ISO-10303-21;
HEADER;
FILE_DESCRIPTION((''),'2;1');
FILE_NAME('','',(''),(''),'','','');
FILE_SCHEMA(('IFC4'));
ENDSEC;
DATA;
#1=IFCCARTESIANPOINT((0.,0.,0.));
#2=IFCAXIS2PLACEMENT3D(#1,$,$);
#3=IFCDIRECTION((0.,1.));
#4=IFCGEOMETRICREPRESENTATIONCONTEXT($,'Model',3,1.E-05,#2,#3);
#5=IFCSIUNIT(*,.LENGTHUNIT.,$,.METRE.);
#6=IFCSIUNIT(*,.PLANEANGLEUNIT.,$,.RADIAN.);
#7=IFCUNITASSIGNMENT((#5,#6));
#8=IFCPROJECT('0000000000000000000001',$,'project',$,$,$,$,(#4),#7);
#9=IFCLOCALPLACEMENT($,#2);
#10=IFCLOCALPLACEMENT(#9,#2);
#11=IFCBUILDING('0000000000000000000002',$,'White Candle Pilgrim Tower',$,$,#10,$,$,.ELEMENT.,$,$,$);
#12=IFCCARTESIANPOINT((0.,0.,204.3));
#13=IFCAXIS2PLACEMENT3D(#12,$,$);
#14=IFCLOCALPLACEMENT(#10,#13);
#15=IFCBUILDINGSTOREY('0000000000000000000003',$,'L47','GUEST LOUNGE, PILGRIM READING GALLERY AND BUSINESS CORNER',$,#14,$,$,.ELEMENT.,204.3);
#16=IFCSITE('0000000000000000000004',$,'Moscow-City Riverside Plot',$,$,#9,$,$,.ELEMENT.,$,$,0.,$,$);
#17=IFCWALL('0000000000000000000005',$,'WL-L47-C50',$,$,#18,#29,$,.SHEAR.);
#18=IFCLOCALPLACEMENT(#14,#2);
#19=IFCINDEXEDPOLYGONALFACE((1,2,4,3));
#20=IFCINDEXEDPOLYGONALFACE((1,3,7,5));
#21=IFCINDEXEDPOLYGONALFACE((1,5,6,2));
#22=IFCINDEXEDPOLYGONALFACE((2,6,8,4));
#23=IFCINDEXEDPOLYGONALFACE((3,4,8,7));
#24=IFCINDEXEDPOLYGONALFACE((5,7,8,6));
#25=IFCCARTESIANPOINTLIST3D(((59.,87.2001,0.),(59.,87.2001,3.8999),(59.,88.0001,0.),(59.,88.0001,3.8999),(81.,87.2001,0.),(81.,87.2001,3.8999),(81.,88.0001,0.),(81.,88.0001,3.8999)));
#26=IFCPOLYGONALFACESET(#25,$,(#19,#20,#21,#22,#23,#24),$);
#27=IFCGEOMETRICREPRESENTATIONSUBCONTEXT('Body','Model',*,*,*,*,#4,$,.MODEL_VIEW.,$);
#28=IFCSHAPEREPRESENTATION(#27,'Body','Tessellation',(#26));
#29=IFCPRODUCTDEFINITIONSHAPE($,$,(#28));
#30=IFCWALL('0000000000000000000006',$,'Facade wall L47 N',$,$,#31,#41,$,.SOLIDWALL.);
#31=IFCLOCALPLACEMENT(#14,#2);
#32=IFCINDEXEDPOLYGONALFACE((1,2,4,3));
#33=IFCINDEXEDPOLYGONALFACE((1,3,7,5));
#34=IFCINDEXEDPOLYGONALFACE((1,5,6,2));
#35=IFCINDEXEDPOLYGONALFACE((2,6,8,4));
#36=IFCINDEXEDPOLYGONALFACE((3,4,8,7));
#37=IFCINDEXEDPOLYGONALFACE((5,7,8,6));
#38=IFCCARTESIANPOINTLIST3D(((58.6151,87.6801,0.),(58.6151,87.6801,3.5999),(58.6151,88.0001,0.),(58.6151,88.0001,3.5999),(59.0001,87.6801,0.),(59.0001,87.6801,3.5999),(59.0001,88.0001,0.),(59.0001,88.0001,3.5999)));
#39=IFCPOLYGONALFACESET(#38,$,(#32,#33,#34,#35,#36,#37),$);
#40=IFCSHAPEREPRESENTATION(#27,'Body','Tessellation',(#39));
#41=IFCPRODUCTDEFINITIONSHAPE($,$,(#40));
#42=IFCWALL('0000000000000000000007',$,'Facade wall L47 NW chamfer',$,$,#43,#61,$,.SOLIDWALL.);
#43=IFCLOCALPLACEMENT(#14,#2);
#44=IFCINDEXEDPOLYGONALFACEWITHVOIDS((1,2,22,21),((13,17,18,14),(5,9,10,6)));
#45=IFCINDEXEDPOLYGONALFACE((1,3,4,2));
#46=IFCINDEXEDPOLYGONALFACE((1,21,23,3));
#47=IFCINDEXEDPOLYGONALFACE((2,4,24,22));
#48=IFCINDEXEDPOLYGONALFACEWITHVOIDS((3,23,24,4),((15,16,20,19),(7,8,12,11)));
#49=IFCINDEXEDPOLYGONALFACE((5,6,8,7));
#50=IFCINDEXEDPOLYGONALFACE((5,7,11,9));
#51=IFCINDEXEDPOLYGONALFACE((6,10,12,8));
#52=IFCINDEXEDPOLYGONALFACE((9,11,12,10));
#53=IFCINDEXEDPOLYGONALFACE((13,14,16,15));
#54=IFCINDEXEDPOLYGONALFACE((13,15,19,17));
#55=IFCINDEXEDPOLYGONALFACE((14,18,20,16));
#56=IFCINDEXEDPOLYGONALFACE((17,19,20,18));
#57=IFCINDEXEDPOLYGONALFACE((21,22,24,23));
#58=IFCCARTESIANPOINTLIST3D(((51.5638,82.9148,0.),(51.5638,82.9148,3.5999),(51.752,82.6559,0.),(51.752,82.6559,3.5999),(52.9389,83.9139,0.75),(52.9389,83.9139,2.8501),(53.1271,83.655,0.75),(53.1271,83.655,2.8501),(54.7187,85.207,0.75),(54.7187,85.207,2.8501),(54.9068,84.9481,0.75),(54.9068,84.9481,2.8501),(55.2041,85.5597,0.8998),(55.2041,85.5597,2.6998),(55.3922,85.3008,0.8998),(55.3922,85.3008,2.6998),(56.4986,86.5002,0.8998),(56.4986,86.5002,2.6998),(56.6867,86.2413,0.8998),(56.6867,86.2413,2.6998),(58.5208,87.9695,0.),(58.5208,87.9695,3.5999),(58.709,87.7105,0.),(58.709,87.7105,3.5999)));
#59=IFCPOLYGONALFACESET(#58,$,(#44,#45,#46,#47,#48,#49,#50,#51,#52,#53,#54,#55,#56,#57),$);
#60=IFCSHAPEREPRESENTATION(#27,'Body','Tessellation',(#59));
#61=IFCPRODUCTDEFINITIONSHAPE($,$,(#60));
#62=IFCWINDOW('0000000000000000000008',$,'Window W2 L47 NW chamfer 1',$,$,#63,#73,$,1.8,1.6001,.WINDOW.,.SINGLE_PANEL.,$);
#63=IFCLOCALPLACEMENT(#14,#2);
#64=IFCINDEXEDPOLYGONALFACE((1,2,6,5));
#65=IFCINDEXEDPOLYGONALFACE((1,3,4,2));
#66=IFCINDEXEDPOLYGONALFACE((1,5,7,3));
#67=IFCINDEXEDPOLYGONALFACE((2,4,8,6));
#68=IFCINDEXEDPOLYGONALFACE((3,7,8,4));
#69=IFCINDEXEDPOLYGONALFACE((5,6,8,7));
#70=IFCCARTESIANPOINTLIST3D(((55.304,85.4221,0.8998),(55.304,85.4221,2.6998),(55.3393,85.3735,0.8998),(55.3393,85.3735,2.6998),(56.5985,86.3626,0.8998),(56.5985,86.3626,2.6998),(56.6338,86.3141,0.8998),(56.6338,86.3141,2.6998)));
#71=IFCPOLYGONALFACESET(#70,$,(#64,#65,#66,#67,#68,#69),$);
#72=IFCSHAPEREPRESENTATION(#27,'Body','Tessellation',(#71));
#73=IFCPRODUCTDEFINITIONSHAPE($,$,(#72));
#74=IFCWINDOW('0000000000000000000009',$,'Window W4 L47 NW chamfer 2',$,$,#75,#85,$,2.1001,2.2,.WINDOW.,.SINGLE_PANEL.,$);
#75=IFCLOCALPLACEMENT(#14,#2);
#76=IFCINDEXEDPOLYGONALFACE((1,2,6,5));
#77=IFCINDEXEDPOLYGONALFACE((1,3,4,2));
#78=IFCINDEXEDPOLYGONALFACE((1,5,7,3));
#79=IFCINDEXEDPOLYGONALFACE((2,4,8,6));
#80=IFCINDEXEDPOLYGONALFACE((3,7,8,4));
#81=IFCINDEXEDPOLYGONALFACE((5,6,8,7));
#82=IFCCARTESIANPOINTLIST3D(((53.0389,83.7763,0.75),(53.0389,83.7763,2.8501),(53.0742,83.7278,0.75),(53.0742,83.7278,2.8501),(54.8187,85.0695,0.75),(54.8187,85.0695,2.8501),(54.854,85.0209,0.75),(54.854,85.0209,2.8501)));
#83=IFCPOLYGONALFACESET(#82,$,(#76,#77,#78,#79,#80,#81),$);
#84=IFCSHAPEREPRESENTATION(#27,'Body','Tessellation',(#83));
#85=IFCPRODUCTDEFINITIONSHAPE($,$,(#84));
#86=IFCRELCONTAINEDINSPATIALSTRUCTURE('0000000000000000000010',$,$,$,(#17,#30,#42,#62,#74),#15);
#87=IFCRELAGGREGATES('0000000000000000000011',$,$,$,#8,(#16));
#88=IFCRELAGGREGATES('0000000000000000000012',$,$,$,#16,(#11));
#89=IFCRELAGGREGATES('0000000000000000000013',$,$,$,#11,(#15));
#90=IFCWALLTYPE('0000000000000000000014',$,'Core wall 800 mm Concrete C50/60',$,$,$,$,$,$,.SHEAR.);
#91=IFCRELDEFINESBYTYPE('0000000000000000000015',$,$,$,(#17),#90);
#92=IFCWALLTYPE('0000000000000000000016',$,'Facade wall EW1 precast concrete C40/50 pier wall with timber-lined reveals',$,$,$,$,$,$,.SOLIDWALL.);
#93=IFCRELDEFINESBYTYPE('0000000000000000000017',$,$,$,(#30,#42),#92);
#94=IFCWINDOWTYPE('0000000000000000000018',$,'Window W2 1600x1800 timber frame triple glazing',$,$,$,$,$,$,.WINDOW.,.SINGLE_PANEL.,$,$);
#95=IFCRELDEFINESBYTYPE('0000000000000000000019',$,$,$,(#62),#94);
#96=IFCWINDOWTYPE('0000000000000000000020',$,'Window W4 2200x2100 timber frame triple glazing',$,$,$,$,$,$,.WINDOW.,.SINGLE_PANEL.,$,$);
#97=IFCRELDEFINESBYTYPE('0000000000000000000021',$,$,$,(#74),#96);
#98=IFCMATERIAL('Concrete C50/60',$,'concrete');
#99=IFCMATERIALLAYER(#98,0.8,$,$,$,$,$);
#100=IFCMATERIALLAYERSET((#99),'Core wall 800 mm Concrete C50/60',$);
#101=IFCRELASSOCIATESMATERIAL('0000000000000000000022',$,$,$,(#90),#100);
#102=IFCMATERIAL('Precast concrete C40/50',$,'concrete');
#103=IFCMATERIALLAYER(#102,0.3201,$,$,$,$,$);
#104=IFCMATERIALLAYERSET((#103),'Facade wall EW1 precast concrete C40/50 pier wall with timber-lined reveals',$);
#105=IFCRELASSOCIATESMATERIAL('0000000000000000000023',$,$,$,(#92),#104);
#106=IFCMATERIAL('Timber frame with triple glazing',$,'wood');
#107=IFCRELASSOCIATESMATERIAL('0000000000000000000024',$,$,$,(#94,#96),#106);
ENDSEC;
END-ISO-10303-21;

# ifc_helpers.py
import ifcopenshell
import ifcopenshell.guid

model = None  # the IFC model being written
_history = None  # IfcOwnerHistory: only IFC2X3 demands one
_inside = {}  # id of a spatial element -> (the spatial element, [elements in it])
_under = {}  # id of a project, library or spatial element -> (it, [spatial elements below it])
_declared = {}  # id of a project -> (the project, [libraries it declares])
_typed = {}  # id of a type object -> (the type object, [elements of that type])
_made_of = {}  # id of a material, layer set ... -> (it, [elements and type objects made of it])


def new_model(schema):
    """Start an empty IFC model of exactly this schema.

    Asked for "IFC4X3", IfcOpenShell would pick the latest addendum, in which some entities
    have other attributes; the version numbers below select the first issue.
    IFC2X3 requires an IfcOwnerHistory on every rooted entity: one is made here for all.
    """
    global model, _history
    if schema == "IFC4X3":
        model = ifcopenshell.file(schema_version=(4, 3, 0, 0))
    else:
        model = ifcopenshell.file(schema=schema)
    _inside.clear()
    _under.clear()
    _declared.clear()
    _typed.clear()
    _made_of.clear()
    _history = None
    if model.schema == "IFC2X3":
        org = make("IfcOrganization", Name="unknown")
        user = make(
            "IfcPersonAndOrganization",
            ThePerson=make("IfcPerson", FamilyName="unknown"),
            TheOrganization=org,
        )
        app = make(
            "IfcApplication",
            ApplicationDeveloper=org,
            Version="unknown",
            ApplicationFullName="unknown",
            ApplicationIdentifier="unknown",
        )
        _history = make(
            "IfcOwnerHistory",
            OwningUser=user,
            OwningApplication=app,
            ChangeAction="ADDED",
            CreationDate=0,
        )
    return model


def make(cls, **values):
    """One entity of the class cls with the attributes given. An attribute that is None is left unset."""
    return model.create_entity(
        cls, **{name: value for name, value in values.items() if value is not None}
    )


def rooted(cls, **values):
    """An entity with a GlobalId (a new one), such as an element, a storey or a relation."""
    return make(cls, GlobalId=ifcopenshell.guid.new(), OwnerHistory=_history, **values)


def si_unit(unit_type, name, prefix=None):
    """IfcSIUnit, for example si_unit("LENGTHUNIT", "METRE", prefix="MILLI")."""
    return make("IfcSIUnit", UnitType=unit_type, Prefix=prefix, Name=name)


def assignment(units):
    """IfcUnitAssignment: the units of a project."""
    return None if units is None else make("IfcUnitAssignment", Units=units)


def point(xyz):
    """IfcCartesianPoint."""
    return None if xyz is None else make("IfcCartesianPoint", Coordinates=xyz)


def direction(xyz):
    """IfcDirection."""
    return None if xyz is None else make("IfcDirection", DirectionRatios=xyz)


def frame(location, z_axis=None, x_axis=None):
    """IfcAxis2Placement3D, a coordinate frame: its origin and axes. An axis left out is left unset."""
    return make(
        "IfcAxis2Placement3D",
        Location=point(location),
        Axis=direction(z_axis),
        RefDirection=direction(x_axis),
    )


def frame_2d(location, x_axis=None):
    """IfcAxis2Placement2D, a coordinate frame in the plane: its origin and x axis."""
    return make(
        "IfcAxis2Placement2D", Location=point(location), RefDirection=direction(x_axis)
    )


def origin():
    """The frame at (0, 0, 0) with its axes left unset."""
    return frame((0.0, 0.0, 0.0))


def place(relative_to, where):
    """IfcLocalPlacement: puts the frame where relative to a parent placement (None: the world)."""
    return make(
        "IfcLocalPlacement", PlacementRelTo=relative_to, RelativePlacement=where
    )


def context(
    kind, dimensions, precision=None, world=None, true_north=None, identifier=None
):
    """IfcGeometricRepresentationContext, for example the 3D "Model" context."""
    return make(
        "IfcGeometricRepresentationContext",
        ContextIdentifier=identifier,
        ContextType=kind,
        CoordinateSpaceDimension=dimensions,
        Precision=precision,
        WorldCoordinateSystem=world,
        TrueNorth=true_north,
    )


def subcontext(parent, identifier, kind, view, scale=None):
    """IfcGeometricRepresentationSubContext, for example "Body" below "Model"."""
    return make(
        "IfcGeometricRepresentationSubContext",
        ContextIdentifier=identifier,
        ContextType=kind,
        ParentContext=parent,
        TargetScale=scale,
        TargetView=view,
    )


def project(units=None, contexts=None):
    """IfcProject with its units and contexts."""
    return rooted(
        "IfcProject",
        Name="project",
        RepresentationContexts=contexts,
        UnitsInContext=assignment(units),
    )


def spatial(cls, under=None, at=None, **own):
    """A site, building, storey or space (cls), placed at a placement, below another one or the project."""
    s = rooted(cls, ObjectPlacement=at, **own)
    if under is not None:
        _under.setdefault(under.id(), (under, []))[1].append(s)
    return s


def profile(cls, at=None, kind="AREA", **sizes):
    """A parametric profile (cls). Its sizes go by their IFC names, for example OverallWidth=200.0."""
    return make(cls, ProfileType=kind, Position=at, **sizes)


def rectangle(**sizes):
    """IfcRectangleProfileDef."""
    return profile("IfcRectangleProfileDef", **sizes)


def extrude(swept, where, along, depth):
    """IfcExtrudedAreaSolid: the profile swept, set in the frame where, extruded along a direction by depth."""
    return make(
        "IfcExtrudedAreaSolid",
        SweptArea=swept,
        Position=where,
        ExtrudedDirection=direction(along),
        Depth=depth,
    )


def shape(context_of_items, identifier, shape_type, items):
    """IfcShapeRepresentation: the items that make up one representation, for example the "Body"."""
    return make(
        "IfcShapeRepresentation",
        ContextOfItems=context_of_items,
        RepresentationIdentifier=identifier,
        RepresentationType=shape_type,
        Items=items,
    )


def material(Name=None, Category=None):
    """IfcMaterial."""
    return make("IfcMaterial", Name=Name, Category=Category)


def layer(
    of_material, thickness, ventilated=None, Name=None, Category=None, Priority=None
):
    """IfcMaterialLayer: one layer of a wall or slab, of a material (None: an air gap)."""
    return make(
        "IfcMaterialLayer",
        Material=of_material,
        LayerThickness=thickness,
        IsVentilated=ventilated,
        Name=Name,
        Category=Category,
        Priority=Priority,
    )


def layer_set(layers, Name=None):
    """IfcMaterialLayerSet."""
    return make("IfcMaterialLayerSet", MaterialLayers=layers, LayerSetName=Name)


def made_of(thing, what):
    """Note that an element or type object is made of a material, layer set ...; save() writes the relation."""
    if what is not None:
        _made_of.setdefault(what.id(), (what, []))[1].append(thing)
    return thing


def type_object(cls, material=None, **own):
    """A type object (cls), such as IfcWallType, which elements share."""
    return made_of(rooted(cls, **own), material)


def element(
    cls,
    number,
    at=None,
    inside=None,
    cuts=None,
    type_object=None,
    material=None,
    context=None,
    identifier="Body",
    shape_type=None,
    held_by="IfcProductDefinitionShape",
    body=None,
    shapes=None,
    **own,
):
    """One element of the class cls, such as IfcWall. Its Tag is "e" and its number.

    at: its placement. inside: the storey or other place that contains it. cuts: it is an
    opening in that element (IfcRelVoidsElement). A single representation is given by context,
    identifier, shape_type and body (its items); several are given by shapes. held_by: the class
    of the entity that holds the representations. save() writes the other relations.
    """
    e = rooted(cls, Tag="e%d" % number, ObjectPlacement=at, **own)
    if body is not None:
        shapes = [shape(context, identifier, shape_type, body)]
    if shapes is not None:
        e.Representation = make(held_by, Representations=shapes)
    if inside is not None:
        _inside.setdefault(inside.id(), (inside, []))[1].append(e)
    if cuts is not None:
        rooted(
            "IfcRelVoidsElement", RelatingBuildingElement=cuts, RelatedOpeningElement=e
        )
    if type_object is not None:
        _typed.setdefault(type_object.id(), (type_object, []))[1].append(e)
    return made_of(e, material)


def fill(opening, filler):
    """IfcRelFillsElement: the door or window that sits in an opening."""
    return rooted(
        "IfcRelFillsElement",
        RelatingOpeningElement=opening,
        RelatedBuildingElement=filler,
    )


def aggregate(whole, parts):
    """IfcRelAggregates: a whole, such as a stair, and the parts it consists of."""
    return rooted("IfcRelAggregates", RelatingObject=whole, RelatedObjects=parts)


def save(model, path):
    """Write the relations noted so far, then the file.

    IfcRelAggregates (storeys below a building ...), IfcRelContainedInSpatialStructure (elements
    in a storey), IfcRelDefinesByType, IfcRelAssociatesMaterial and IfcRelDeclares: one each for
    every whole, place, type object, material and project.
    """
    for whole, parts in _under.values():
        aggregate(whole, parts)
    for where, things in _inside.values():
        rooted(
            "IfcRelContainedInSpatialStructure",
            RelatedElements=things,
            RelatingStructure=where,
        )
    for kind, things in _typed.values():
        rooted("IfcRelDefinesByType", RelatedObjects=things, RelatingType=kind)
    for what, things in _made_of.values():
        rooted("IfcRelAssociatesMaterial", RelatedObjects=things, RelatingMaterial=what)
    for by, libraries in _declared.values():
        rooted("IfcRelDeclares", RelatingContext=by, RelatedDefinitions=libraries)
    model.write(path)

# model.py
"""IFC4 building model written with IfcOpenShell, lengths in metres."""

from ifc_helpers import new_model, si_unit, direction, frame, frame_2d, origin, place, context, subcontext, project, spatial, rectangle, extrude, material, layer, layer_set, type_object, element, fill, save


model = new_model("IFC4")

# Units and contexts
model_context = context("Model", 3, precision=1e-05, world=origin(), true_north=direction((0.0, 1.0)))
body_context = subcontext(model_context, "Body", "Model", "MODEL_VIEW")
ifc_project = project(units=[si_unit("LENGTHUNIT", "METRE"), si_unit("PLANEANGLEUNIT", "RADIAN")], contexts=[model_context])

# Site, building, storey
site_placement = place(None, origin())
site = spatial("IfcSite", under=ifc_project, at=site_placement, Name="Moscow-City Riverside Plot", CompositionType="ELEMENT", RefElevation=0.0)
building_placement = place(site_placement, origin())
building = spatial("IfcBuilding", under=site, at=building_placement, Name="White Candle Pilgrim Tower", CompositionType="ELEMENT")
storey_placement = place(building_placement, frame((0.0, 0.0, 204.3)))
storey = spatial("IfcBuildingStorey", under=building, at=storey_placement, Name="L47", Description="GUEST LOUNGE, PILGRIM READING GALLERY AND BUSINESS CORNER", CompositionType="ELEMENT", Elevation=204.3)

# Shared definitions
ifc_material_1 = material(Name="Concrete C50/60", Category="concrete")

# Walls
ifc_layer_1 = layer(ifc_material_1, 0.8)
ifc_layer_set_1 = layer_set([ifc_layer_1], Name="Core wall 800 mm Concrete C50/60")
wall_type_1 = type_object("IfcWallType", Name="Core wall 800 mm Concrete C50/60", PredefinedType="SHEAR", material=ifc_layer_set_1)
wall_1_placement = place(storey_placement, frame((59.0, 87.6001, 0.0), z_axis=(0.0, 0.0, 1.0), x_axis=(1.0, 0.0, 0.0)))
element("IfcWall", 1, at=wall_1_placement, inside=storey, type_object=wall_type_1, Name="WL-L47-C50", PredefinedType="SHEAR", context=body_context, shape_type="SweptSolid", body=[
    extrude(rectangle(XDim=22.0, YDim=0.8, at=frame_2d((11.0, 0.0))), origin(), (0.0, 0.0, 1.0), 3.8999),
])
ifc_material_2 = material(Name="Precast concrete C40/50", Category="concrete")
ifc_layer_2 = layer(ifc_material_2, 0.3201)
ifc_layer_set_2 = layer_set([ifc_layer_2], Name="Facade wall EW1 precast concrete C40/50 pier wall with timber-lined reveals")
wall_type_2 = type_object("IfcWallType", Name="Facade wall EW1 precast concrete C40/50 pier wall with timber-lined reveals", PredefinedType="SOLIDWALL", material=ifc_layer_set_2)
wall_2_placement = place(storey_placement, frame((59.0, 87.8401, 0.0), z_axis=(0.0, 0.0, 1.0), x_axis=(-1.0, 0.0, 0.0)))
element("IfcWall", 2, at=wall_2_placement, inside=storey, type_object=wall_type_2, Name="Facade wall L47 N", PredefinedType="SOLIDWALL", context=body_context, shape_type="SweptSolid", body=[
    extrude(rectangle(XDim=0.385, YDim=0.3201, at=frame_2d((0.1924, 0.0))), origin(), (0.0, 0.0, 1.0), 3.5999),
])

# Wall, openings, windows
wall_3_placement = place(storey_placement, frame((58.615, 87.8401, 0.0), z_axis=(0.0, 0.0, 1.0), x_axis=(-0.809011, -0.587794, 0.0)))
wall_3 = element("IfcWall", 3, at=wall_3_placement, inside=storey, type_object=wall_type_2, Name="Facade wall L47 NW chamfer", PredefinedType="SOLIDWALL", context=body_context, shape_type="SweptSolid", body=[
    extrude(rectangle(XDim=8.5994, YDim=0.3201, at=frame_2d((4.2998, 0.0))), origin(), (0.0, 0.0, 1.0), 3.5999),
])
opening_1_placement = place(wall_3_placement, frame((2.4998, 0.0, 0.8999)))
opening_1 = element("IfcOpeningElement", 4, at=opening_1_placement, cuts=wall_3, PredefinedType="OPENING", context=body_context, shape_type="SweptSolid", body=[
    extrude(rectangle(XDim=1.6001, YDim=1.8, at=frame_2d((0.8, 0.8999))), frame((0.0, 0.1699, 0.0), z_axis=(0.0, -1.0, 0.0), x_axis=(1.0, 0.0, 0.0)), (0.0, 0.0, 1.0), 0.3401),
])
opening_2_placement = place(wall_3_placement, frame((4.6997, 0.0, 0.75)))
opening_2 = element("IfcOpeningElement", 5, at=opening_2_placement, cuts=wall_3, PredefinedType="OPENING", context=body_context, shape_type="SweptSolid", body=[
    extrude(rectangle(XDim=2.2, YDim=2.1001, at=frame_2d((1.1001, 1.05))), frame((0.0, 0.1699, 0.0), z_axis=(0.0, -1.0, 0.0), x_axis=(1.0, 0.0, 0.0)), (0.0, 0.0, 1.0), 0.3401),
])
ifc_material_3 = material(Name="Timber frame with triple glazing", Category="wood")
window_type_1 = type_object("IfcWindowType", Name="Window W2 1600x1800 timber frame triple glazing", PartitioningType="SINGLE_PANEL", PredefinedType="WINDOW", material=ifc_material_3)
window_1_placement = place(opening_1_placement, origin())
window_1 = element("IfcWindow", 6, at=window_1_placement, inside=storey, type_object=window_type_1, Name="Window W2 L47 NW chamfer 1", OverallHeight=1.8, OverallWidth=1.6001, PartitioningType="SINGLE_PANEL", PredefinedType="WINDOW", context=body_context, shape_type="SweptSolid", body=[
    extrude(rectangle(XDim=1.6001, YDim=1.8, at=frame_2d((0.8, 0.8999))), frame((0.0, 0.0701, 0.0), z_axis=(0.0, -1.0, 0.0), x_axis=(1.0, 0.0, 0.0)), (0.0, 0.0, 1.0), 0.0601),
])
fill(opening_1, window_1)
window_type_2 = type_object("IfcWindowType", Name="Window W4 2200x2100 timber frame triple glazing", PartitioningType="SINGLE_PANEL", PredefinedType="WINDOW", material=ifc_material_3)
window_2_placement = place(opening_2_placement, origin())
window_2 = element("IfcWindow", 7, at=window_2_placement, inside=storey, type_object=window_type_2, Name="Window W4 L47 NW chamfer 2", OverallHeight=2.1001, OverallWidth=2.2, PartitioningType="SINGLE_PANEL", PredefinedType="WINDOW", context=body_context, shape_type="SweptSolid", body=[
    extrude(rectangle(XDim=2.2, YDim=2.1001, at=frame_2d((1.1001, 1.05))), frame((0.0, 0.0701, 0.0), z_axis=(0.0, -1.0, 0.0), x_axis=(1.0, 0.0, 0.0)), (0.0, 0.0, 1.0), 0.0601),
])
fill(opening_2, window_2)

save(model, "model.ifc")
